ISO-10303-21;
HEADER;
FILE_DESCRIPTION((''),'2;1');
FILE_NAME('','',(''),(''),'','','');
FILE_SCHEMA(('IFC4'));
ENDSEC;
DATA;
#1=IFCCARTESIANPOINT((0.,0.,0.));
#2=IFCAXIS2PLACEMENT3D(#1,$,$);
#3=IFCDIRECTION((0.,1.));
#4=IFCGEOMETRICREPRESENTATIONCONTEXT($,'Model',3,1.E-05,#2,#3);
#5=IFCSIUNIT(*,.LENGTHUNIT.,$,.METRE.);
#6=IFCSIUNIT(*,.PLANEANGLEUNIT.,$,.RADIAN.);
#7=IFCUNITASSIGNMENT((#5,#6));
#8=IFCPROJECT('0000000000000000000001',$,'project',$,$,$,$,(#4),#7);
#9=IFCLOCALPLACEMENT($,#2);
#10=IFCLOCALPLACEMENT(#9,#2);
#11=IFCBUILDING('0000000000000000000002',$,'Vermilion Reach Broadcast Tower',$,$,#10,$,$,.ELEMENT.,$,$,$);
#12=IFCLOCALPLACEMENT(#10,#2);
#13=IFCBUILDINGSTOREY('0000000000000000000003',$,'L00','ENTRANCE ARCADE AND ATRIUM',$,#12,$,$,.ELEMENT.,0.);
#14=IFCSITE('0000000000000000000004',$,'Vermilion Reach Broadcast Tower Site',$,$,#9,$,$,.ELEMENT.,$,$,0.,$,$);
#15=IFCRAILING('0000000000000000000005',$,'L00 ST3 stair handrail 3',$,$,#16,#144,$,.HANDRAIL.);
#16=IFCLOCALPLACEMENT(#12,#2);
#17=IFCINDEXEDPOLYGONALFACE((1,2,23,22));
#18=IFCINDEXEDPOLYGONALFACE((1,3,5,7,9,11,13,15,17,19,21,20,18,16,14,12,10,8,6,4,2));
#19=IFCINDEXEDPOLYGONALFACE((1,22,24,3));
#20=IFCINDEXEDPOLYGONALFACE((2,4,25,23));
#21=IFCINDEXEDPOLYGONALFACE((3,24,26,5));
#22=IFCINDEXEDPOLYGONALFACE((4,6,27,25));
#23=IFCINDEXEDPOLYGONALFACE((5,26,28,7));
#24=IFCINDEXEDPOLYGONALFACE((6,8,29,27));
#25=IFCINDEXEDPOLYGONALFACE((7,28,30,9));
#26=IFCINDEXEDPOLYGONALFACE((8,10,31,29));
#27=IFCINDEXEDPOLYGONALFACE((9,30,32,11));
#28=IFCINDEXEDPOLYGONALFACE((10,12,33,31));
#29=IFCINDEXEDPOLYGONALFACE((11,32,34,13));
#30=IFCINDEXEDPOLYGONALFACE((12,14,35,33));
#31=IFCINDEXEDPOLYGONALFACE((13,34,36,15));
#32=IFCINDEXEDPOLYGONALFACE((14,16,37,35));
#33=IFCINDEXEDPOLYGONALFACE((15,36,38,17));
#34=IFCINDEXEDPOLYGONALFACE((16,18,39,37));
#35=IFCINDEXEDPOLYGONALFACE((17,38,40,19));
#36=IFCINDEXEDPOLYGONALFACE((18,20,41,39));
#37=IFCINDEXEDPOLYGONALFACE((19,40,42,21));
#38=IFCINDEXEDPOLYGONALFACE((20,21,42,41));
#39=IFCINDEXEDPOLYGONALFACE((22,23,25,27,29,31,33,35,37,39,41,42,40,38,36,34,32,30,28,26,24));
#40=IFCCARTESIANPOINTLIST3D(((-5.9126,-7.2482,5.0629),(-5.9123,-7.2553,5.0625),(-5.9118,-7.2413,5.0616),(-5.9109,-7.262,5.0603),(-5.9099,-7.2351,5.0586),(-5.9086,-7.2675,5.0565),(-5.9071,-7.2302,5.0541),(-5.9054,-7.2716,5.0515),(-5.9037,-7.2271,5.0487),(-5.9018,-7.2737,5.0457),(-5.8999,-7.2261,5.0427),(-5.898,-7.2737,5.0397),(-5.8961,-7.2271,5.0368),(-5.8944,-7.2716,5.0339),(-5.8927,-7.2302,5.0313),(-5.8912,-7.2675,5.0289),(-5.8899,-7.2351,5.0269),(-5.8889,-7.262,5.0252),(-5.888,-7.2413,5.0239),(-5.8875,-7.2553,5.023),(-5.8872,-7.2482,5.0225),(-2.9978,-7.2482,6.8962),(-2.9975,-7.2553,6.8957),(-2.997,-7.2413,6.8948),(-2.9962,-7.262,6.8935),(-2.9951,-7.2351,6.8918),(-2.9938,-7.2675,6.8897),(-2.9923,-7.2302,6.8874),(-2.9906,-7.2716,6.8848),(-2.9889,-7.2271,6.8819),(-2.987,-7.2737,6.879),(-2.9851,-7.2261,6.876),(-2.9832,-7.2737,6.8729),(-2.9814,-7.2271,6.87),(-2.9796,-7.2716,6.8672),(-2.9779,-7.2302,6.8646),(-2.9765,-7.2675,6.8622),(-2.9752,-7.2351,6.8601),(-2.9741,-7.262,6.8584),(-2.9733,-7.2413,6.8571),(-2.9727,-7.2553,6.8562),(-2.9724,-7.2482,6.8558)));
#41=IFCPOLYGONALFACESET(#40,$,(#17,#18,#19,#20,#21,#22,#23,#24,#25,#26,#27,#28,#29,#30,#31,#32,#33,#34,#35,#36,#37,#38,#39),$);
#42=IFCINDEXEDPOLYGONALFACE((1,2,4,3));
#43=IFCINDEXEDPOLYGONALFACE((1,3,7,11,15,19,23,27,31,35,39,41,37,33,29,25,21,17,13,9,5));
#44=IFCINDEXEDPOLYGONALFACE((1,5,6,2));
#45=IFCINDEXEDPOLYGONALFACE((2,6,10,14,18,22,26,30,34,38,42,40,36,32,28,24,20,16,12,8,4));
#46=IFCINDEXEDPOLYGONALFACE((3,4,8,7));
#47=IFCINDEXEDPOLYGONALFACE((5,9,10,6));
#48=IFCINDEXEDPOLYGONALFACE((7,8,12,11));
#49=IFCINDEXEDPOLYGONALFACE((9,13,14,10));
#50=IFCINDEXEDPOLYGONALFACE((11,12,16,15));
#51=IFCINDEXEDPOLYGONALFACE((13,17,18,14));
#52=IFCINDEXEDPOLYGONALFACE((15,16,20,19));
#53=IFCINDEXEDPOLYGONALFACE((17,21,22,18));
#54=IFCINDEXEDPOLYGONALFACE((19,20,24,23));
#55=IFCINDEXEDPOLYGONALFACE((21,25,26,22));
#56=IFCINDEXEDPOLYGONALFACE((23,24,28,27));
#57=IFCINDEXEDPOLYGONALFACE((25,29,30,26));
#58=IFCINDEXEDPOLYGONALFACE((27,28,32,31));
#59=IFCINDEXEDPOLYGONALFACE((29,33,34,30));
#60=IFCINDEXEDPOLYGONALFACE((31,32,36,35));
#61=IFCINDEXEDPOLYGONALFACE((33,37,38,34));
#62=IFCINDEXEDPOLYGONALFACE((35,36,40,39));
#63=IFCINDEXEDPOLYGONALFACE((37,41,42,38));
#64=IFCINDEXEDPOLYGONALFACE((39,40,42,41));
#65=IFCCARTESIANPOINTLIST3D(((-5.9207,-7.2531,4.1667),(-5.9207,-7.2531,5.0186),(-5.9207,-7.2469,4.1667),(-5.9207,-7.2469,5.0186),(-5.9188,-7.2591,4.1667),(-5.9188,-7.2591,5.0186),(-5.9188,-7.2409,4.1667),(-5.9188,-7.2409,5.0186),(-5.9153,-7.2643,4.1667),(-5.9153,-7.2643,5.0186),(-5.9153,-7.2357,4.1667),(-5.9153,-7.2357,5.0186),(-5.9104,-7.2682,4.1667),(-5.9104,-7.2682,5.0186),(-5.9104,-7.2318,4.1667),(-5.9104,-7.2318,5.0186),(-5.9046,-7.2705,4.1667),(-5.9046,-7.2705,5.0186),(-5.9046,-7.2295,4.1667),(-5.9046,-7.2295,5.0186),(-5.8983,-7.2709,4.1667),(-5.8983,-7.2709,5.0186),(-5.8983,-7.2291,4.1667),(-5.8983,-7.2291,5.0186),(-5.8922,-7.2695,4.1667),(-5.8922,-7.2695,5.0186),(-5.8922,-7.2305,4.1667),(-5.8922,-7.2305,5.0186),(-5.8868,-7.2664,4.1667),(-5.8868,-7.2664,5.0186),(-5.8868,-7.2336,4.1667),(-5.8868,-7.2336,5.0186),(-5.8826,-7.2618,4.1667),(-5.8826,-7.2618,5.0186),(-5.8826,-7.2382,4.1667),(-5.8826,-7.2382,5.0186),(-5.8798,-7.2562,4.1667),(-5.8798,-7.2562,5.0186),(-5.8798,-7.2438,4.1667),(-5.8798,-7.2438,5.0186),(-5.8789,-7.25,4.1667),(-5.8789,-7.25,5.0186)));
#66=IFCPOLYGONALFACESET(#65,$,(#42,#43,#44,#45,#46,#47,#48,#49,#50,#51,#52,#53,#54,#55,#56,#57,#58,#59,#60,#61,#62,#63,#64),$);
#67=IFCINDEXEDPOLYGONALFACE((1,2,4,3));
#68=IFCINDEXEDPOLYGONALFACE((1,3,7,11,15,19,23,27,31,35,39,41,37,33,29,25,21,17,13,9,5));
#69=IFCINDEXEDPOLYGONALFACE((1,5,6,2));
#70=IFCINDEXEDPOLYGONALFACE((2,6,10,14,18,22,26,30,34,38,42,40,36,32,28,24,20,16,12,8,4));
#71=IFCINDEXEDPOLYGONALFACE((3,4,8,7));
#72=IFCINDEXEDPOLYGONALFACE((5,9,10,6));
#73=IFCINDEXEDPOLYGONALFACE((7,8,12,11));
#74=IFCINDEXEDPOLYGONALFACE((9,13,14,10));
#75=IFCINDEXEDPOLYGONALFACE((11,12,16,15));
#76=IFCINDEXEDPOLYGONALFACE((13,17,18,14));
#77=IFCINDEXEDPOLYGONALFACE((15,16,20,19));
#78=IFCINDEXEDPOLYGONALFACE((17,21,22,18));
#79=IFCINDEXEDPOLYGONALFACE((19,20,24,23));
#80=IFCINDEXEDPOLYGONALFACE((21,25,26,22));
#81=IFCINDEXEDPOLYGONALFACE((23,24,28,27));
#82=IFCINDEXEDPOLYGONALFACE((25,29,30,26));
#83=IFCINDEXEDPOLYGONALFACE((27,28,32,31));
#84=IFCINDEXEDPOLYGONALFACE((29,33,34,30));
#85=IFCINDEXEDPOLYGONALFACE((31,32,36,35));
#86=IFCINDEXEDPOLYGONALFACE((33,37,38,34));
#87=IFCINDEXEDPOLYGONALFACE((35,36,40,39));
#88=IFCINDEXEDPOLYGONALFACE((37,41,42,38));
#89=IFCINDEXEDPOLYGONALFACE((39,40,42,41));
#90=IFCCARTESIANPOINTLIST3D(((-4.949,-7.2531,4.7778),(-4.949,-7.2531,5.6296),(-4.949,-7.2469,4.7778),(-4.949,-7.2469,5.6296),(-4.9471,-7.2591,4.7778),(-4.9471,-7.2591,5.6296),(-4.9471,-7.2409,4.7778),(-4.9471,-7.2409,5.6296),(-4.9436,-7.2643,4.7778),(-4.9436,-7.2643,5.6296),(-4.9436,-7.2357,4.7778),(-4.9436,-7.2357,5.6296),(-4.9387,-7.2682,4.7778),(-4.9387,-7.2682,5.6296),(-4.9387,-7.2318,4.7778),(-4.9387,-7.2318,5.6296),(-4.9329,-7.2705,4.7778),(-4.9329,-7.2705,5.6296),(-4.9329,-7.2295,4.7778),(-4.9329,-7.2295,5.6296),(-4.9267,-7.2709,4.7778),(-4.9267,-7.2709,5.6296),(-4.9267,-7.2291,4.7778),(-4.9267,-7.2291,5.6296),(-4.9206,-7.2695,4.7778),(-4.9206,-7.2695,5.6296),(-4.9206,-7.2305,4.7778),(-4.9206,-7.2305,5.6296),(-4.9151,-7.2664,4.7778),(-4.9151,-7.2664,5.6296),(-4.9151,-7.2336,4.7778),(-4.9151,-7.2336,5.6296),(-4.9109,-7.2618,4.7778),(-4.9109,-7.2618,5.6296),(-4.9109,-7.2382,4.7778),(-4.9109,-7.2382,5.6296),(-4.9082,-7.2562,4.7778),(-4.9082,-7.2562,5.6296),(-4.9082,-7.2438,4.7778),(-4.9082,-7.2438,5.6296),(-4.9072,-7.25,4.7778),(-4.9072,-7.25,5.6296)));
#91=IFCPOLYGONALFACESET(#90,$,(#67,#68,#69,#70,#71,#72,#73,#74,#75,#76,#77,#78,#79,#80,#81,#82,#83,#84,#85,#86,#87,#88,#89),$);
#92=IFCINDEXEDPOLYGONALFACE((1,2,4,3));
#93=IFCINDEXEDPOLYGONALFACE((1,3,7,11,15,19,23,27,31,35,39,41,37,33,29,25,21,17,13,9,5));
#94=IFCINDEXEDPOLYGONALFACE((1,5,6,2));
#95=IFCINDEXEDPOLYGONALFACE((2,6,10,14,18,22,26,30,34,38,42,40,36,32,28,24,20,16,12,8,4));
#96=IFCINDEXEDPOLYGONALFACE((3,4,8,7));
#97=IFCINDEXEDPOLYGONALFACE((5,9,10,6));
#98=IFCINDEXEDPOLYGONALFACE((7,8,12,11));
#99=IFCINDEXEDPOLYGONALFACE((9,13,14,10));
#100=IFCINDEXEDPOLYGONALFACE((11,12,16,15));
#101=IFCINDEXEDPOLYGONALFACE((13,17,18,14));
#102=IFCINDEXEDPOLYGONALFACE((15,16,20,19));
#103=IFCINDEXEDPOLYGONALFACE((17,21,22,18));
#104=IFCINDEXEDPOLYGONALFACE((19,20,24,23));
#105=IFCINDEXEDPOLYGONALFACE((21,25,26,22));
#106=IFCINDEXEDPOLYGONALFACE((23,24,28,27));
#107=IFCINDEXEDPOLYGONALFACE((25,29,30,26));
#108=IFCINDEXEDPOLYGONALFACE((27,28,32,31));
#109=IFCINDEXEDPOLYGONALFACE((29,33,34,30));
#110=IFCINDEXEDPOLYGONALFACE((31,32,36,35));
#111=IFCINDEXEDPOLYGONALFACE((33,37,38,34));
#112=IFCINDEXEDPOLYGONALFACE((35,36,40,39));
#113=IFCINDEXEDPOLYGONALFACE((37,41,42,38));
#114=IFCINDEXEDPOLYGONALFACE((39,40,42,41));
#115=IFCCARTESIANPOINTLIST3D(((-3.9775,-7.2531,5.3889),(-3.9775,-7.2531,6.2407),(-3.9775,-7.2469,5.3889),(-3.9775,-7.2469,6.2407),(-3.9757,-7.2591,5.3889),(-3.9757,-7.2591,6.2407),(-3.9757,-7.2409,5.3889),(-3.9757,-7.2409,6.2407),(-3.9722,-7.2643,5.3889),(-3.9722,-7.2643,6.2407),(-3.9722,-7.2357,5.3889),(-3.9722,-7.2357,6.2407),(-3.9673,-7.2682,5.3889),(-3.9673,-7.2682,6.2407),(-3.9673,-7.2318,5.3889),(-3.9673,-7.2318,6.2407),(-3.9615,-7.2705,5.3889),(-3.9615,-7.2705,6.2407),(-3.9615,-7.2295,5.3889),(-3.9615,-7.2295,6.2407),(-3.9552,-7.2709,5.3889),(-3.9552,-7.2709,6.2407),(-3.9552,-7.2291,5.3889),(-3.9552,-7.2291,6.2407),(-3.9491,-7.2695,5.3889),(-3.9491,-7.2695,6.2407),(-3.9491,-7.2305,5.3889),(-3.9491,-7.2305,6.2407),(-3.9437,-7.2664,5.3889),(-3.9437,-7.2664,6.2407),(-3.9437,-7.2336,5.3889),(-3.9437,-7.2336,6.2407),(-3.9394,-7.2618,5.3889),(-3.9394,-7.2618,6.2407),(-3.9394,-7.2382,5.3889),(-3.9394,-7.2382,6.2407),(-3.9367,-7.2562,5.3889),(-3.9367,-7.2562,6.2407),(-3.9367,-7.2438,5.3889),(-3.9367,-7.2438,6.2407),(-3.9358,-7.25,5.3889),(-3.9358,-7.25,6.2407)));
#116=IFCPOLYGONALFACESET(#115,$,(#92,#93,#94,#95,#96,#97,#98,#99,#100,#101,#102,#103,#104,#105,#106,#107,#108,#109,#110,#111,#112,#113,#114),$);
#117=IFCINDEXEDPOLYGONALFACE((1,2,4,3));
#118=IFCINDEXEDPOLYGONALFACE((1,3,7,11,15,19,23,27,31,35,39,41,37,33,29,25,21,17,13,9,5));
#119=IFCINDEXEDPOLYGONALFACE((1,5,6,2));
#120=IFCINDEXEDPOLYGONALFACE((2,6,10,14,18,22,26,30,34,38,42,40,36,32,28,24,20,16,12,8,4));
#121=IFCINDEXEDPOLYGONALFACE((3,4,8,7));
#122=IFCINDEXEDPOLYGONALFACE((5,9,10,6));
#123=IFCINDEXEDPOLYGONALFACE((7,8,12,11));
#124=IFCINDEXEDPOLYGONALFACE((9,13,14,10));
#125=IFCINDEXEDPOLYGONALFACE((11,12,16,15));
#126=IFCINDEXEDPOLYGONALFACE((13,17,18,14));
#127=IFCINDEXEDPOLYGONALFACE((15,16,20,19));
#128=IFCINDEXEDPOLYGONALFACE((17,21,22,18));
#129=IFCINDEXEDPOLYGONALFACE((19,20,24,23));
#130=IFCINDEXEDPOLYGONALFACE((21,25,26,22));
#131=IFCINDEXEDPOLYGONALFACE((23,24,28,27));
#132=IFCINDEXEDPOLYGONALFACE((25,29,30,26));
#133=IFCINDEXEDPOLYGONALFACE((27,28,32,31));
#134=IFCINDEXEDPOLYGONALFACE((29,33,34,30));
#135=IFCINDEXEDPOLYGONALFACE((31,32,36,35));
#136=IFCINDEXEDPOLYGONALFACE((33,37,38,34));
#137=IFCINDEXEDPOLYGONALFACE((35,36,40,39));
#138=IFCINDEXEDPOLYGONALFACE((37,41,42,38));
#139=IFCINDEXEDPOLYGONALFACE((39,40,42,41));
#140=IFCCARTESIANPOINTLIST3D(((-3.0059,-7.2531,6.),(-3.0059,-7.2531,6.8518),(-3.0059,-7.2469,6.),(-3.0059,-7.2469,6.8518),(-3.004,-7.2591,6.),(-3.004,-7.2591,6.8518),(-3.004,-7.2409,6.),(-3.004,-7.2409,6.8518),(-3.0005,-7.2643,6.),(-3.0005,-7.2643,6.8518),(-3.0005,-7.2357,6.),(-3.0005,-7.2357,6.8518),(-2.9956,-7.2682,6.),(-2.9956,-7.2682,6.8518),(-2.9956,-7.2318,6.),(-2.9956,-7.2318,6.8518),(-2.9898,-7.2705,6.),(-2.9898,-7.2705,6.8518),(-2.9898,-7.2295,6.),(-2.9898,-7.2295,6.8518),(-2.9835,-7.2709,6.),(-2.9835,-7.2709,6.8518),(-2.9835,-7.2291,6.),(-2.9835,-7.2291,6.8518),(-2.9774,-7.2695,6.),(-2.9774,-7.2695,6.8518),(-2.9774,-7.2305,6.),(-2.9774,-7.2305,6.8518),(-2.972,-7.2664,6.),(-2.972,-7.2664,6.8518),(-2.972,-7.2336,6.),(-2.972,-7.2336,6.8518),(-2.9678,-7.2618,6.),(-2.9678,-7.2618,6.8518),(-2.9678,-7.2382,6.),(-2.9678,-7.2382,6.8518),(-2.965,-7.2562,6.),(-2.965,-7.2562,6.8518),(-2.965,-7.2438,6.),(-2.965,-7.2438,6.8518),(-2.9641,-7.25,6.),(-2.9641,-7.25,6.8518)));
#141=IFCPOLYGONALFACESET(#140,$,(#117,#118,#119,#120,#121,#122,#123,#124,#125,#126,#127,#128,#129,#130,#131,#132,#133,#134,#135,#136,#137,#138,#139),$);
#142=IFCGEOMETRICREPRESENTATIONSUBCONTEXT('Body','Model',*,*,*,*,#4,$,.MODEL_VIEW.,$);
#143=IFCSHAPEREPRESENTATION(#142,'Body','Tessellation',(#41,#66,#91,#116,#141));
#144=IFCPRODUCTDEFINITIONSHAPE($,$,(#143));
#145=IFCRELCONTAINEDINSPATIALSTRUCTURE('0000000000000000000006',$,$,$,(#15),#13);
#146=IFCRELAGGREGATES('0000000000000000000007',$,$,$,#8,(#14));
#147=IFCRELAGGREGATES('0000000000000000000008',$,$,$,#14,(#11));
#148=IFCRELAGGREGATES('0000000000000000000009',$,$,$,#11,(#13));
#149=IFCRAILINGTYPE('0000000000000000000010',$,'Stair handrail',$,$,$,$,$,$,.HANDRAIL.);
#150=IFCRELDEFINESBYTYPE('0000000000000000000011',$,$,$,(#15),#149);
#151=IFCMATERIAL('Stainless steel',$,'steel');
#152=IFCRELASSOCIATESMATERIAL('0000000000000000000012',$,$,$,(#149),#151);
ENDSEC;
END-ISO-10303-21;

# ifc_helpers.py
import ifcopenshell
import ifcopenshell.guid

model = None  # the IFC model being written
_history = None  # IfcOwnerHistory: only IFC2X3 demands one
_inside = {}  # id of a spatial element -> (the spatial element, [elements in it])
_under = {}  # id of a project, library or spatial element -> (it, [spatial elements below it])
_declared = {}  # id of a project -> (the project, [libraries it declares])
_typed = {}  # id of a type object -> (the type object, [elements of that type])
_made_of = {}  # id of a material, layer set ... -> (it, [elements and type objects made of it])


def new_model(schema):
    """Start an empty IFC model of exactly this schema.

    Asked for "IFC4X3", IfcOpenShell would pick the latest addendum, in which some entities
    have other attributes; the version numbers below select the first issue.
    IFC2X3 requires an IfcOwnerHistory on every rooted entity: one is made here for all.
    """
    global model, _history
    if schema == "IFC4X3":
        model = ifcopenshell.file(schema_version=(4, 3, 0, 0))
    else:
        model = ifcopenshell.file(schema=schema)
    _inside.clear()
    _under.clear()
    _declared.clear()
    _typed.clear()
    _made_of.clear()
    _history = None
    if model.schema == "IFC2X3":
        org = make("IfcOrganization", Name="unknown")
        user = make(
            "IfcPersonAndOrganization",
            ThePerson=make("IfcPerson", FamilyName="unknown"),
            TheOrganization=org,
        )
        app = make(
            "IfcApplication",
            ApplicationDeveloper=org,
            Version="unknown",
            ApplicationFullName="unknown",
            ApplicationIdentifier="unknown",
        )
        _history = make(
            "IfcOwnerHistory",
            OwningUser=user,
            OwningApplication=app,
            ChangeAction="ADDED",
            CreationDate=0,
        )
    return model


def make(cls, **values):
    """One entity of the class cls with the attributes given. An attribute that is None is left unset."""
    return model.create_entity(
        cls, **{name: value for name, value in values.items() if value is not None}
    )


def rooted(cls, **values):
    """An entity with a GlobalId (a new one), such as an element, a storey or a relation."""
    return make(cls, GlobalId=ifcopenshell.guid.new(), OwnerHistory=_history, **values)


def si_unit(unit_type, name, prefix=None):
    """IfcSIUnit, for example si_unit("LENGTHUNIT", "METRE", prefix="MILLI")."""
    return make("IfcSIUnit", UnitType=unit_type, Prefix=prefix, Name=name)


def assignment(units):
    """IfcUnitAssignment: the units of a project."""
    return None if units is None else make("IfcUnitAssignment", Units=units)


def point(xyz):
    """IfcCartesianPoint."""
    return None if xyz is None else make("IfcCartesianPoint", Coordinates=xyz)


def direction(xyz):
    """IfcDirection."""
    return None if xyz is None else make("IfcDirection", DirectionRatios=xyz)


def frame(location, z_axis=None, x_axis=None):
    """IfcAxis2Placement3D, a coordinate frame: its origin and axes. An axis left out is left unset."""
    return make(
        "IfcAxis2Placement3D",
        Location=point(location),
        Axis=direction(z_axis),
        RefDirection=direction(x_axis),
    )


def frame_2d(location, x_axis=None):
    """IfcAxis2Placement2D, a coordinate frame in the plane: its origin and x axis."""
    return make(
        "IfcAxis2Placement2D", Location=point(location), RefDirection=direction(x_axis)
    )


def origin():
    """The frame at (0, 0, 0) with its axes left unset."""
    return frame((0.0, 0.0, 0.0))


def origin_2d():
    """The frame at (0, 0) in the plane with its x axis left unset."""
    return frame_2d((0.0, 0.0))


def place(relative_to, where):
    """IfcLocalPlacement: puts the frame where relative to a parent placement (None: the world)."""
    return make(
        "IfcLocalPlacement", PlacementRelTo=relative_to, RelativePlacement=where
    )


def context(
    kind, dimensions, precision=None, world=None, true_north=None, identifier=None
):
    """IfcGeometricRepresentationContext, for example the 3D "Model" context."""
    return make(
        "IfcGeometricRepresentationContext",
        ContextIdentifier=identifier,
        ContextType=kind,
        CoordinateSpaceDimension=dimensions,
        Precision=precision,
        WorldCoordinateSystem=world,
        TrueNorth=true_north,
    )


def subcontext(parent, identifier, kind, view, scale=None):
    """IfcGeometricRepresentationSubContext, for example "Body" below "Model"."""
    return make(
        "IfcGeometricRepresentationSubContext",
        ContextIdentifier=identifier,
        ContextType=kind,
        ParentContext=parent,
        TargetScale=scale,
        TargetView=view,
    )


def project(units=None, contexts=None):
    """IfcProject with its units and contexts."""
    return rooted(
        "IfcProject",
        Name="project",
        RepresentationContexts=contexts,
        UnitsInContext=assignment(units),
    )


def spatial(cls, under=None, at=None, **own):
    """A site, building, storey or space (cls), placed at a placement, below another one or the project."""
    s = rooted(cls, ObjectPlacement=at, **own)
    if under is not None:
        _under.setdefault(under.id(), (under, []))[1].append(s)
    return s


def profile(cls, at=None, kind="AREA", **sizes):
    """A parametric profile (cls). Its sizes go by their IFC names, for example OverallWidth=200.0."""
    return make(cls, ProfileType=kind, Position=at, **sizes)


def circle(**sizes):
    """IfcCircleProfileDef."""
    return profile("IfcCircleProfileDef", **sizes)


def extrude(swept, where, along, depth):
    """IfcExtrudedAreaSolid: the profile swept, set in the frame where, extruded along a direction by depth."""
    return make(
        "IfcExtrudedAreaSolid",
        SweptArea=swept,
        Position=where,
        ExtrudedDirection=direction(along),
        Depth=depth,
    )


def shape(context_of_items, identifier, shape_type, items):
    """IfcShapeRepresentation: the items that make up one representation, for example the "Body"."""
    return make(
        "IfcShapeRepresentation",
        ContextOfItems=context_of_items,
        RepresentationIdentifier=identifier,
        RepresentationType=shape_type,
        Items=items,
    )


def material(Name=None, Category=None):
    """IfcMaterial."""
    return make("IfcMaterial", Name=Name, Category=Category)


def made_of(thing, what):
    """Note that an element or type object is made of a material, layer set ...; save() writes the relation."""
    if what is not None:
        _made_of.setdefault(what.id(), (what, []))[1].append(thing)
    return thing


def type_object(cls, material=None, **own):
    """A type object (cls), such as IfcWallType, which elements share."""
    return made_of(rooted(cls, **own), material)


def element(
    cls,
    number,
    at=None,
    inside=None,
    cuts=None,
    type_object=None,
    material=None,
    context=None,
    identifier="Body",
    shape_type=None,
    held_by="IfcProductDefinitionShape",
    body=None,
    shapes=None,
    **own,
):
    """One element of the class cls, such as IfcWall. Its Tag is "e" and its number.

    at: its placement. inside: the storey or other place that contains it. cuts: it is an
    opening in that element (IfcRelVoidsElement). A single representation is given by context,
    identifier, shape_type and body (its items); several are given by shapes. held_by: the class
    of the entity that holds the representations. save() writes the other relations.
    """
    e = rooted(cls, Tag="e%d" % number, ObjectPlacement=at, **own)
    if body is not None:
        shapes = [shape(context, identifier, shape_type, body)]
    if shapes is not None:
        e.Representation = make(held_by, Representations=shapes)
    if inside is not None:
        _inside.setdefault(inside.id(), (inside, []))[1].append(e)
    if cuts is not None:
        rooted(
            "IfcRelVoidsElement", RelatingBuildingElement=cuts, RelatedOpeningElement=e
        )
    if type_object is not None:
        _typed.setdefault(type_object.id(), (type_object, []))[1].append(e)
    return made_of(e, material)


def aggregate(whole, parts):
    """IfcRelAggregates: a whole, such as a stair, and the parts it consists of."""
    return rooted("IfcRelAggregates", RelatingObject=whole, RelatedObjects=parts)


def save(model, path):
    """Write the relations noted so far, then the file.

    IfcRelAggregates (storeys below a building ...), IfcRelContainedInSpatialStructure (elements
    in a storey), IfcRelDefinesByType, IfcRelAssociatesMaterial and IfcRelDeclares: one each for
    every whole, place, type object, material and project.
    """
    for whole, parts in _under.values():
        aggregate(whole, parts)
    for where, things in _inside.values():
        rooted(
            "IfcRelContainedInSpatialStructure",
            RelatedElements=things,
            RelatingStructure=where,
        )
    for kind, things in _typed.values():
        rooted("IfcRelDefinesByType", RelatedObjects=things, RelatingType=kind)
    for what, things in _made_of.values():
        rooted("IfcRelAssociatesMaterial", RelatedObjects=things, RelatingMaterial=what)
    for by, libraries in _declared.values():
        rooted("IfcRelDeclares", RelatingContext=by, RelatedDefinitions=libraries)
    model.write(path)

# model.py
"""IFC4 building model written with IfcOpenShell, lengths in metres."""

from ifc_helpers import new_model, si_unit, direction, frame, origin, origin_2d, place, context, subcontext, project, spatial, circle, extrude, material, type_object, element, save


model = new_model("IFC4")

# Units and contexts
model_context = context("Model", 3, precision=1e-05, world=origin(), true_north=direction((0.0, 1.0)))
body_context = subcontext(model_context, "Body", "Model", "MODEL_VIEW")
ifc_project = project(units=[si_unit("LENGTHUNIT", "METRE"), si_unit("PLANEANGLEUNIT", "RADIAN")], contexts=[model_context])

# Site, building, storey
site_placement = place(None, origin())
site = spatial("IfcSite", under=ifc_project, at=site_placement, Name="Vermilion Reach Broadcast Tower Site", CompositionType="ELEMENT", RefElevation=0.0)
building_placement = place(site_placement, origin())
building = spatial("IfcBuilding", under=site, at=building_placement, Name="Vermilion Reach Broadcast Tower", CompositionType="ELEMENT")
storey_placement = place(building_placement, origin())
storey = spatial("IfcBuildingStorey", under=building, at=storey_placement, Name="L00", Description="ENTRANCE ARCADE AND ATRIUM", CompositionType="ELEMENT", Elevation=0.0)

# Railing
ifc_material_1 = material(Name="Stainless steel", Category="steel")
railing_type_1 = type_object("IfcRailingType", Name="Stair handrail", PredefinedType="HANDRAIL", material=ifc_material_1)
railing_1_placement = place(storey_placement, frame((-5.8999, -7.25, 4.1667)))
element("IfcRailing", 1, at=railing_1_placement, inside=storey, type_object=railing_type_1, Name="L00 ST3 stair handrail 3", PredefinedType="HANDRAIL", context=body_context, shape_type="SweptSolid", body=[
    extrude(circle(Radius=0.0239, at=origin_2d()), frame((0.0, 0.0, 0.876), z_axis=(0.846493, 0.0, 0.532399), x_axis=(0.0, 1.0, 0.0)), (0.0, 0.0, 1.0), 3.4434),
    extrude(circle(Radius=0.021, at=origin_2d()), origin(), (0.0, 0.0, 1.0), 0.8518),
    extrude(circle(Radius=0.021, at=origin_2d()), frame((0.9717, 0.0, 0.6111)), (0.0, 0.0, 1.0), 0.8518),
    extrude(circle(Radius=0.021, at=origin_2d()), frame((1.9431, 0.0, 1.2222)), (0.0, 0.0, 1.0), 0.8518),
    extrude(circle(Radius=0.021, at=origin_2d()), frame((2.9148, 0.0, 1.8333)), (0.0, 0.0, 1.0), 0.8518),
])

save(model, "model.ifc")
